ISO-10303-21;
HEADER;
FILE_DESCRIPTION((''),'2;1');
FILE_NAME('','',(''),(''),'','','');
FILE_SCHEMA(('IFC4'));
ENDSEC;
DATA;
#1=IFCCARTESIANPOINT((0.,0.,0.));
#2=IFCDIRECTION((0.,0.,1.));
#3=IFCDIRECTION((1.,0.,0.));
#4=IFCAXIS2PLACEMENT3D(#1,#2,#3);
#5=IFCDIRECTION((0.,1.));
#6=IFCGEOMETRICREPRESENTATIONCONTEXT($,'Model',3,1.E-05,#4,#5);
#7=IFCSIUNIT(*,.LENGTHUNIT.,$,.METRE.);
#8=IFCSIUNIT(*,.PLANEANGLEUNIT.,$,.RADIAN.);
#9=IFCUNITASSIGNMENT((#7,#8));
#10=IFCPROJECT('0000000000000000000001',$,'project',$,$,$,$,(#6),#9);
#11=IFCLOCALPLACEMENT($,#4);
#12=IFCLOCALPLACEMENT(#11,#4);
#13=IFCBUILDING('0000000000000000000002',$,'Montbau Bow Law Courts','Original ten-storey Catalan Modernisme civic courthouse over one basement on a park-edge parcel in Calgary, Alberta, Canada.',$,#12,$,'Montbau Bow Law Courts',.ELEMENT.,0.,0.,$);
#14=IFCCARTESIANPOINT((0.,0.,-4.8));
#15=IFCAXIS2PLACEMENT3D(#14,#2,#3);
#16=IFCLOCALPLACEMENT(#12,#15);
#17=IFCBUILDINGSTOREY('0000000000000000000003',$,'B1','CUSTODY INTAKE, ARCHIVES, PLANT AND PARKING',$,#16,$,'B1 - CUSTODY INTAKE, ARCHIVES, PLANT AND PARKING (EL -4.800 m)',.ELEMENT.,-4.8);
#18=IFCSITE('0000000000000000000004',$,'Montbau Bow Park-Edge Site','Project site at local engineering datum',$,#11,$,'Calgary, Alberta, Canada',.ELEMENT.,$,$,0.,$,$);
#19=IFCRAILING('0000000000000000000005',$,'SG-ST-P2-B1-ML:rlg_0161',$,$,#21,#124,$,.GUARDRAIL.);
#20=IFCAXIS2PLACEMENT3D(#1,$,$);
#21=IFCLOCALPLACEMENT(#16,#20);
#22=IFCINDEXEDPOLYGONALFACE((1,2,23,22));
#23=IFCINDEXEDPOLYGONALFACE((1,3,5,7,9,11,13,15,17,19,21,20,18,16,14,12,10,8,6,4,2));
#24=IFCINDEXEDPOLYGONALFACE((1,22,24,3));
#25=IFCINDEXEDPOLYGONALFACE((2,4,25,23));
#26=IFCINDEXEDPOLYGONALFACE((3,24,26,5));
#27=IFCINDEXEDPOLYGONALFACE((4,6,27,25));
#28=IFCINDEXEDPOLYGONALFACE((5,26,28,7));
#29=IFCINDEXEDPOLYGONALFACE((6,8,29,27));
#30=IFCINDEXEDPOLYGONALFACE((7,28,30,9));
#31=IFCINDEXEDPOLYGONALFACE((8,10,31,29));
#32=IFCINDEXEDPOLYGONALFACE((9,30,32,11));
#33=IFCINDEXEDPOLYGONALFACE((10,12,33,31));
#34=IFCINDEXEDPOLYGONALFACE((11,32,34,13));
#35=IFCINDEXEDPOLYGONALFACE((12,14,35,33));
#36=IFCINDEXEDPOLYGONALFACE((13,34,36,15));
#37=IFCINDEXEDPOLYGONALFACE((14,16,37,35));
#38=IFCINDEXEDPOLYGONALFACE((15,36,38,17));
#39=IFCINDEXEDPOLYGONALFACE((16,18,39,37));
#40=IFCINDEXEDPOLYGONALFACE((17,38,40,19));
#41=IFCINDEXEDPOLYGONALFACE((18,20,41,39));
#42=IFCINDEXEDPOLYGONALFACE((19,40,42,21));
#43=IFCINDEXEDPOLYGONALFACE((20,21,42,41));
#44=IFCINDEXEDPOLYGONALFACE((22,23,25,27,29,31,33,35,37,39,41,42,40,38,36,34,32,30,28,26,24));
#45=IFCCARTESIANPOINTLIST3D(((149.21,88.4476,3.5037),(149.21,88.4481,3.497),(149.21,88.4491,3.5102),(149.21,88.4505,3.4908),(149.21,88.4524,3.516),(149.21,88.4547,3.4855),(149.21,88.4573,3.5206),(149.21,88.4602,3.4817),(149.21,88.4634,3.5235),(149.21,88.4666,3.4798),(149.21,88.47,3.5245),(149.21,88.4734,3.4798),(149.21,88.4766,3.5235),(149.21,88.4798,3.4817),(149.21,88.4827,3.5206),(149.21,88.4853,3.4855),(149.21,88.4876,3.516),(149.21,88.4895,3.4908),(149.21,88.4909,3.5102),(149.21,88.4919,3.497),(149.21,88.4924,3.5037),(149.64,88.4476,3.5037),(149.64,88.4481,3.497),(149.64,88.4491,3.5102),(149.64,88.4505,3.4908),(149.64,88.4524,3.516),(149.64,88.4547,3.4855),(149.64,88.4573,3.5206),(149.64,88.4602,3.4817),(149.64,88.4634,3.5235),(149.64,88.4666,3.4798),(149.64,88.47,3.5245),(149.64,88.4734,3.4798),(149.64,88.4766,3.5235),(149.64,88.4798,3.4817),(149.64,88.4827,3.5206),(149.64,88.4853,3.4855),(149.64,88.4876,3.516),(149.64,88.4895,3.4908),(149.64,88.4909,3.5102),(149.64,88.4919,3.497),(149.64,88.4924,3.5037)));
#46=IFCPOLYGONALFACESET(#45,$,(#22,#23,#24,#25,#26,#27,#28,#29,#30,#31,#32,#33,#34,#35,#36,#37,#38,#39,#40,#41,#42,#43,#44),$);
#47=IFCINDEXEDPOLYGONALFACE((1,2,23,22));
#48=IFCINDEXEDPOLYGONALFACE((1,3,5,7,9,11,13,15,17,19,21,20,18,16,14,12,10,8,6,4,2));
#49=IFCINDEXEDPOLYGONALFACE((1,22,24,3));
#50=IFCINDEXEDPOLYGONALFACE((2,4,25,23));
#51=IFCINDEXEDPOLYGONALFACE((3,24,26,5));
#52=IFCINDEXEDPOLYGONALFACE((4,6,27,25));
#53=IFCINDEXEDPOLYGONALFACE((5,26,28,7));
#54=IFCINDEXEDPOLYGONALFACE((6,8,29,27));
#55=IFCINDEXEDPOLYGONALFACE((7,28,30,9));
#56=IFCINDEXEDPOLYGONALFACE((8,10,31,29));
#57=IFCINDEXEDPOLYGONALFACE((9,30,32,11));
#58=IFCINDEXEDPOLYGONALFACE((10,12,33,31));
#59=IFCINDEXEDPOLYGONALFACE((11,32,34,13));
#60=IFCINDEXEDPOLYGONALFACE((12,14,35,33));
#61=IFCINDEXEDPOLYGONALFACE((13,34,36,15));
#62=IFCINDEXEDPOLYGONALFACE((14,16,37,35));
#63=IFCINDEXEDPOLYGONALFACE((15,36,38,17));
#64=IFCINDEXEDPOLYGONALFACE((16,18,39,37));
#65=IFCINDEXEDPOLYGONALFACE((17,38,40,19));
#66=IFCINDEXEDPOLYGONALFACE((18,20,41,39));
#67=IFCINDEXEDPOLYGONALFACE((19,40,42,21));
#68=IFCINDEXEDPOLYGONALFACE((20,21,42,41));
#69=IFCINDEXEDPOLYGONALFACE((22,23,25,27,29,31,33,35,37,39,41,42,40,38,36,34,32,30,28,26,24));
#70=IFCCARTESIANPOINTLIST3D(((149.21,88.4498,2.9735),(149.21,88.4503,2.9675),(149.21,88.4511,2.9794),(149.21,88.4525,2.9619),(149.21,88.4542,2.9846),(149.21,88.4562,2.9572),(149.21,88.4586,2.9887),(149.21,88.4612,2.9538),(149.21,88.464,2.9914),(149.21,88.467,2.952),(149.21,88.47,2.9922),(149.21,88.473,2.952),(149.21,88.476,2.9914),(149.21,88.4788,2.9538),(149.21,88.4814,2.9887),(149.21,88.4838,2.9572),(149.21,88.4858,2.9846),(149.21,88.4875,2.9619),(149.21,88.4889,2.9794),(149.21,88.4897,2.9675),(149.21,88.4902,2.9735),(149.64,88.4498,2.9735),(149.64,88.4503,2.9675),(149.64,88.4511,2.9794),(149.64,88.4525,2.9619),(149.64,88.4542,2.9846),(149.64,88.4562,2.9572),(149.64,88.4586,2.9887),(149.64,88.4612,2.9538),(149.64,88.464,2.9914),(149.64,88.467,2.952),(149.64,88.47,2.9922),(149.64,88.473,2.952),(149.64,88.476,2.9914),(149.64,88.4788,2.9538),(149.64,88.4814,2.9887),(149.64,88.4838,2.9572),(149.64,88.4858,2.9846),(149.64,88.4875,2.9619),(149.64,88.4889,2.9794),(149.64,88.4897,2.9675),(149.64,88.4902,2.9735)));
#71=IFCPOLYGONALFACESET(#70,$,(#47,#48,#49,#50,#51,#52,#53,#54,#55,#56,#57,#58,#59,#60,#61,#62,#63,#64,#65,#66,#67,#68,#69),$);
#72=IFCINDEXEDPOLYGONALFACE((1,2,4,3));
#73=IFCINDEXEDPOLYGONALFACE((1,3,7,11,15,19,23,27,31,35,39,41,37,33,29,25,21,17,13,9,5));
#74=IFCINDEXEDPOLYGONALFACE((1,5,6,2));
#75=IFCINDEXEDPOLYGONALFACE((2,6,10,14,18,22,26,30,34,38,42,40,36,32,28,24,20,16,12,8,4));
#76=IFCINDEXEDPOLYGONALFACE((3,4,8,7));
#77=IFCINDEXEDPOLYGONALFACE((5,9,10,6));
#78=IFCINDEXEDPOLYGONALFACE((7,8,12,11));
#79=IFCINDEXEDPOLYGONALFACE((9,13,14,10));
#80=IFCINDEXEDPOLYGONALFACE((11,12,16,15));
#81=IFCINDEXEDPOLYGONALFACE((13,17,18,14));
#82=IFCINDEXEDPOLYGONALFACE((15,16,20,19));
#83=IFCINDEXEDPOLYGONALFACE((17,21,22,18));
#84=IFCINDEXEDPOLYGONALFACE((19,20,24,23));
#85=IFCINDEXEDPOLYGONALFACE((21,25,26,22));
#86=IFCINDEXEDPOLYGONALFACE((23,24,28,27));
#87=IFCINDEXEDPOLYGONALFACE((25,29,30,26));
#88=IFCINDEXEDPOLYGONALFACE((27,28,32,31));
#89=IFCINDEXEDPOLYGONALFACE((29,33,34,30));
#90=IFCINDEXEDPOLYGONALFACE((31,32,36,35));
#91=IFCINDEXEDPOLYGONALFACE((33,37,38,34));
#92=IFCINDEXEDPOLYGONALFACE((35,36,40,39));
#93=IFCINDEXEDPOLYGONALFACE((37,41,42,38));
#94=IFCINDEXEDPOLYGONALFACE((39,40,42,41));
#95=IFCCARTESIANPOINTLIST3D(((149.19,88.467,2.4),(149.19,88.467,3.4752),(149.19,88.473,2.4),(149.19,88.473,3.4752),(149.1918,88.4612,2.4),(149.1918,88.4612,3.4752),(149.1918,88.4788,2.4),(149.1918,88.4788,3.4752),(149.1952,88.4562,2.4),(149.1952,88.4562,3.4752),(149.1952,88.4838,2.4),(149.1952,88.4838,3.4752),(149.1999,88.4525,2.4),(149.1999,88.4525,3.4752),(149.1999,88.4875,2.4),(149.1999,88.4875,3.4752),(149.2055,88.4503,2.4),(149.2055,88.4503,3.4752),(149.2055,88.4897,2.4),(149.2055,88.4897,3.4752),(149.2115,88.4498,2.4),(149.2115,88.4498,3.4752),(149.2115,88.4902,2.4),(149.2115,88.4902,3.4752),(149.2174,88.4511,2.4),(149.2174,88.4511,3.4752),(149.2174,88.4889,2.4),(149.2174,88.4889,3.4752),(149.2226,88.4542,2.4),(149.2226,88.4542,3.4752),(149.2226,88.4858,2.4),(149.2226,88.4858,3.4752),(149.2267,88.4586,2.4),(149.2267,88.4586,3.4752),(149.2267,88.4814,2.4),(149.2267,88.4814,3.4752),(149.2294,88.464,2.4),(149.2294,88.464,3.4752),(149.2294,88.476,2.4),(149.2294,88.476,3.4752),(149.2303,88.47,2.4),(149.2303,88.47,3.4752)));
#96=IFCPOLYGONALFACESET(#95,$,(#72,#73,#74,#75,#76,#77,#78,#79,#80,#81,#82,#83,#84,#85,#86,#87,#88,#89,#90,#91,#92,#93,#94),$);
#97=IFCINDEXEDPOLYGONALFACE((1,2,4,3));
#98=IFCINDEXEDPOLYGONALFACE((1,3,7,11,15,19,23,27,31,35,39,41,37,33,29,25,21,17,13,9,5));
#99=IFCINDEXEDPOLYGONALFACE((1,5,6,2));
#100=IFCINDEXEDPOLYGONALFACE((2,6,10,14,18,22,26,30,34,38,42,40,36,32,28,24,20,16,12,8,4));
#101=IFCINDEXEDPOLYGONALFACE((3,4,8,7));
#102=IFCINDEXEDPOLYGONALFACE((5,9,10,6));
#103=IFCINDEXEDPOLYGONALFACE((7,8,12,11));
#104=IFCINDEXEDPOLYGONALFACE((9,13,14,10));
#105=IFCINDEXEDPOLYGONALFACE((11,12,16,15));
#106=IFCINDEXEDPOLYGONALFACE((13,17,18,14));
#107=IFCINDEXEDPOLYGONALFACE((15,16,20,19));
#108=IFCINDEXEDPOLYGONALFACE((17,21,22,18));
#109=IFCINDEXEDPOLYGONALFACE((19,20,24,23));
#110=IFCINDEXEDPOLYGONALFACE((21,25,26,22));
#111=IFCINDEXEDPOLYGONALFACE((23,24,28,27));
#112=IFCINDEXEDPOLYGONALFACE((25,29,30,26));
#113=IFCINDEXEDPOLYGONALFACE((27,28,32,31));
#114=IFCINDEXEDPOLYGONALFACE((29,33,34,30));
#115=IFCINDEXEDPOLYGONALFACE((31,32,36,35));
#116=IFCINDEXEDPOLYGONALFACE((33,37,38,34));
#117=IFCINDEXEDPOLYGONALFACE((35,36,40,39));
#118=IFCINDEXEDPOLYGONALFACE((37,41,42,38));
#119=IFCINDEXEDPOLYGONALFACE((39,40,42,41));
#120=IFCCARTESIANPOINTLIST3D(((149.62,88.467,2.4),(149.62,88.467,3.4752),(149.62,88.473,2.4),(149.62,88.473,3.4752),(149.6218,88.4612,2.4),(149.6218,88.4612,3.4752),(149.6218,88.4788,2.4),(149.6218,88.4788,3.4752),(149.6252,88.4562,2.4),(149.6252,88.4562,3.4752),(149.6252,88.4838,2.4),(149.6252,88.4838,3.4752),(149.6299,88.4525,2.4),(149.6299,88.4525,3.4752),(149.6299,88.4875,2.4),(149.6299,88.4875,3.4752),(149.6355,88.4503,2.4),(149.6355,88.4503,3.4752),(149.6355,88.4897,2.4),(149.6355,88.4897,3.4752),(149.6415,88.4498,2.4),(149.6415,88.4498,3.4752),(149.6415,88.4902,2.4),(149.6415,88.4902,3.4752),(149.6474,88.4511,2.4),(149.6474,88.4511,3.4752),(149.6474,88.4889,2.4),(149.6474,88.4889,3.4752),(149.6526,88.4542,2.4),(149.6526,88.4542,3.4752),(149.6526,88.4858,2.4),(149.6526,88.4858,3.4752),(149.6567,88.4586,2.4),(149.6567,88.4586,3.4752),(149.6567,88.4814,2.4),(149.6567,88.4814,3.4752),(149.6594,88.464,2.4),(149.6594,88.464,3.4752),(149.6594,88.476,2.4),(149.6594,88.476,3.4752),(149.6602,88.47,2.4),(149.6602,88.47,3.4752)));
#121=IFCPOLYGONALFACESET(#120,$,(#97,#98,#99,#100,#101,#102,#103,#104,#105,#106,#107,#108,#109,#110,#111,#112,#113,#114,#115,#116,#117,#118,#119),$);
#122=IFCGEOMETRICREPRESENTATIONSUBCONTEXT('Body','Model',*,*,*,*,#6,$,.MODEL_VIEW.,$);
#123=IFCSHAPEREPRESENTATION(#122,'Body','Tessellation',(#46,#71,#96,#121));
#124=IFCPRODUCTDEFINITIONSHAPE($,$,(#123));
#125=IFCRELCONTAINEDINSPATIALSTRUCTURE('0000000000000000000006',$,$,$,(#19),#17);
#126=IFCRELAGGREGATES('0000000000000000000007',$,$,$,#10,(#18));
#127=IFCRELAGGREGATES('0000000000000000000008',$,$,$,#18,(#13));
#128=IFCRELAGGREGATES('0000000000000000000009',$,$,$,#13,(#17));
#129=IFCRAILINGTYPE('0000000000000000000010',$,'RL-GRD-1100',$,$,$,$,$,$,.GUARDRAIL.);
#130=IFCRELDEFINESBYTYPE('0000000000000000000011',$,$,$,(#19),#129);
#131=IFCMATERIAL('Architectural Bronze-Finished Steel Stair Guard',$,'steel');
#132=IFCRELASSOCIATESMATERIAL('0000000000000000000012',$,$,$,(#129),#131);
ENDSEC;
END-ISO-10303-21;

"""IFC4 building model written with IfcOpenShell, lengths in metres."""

from ifc_helpers import new_model, si_unit, direction, frame, origin_with_axes, origin_2d_with_axis, place, context, subcontext, project, spatial, circle, extrude, material, type_object, element, save


model = new_model("IFC4")

# Units and contexts
model_context = context("Model", 3, precision=1e-05, world=origin_with_axes(), true_north=direction((0.0, 1.0)))
body_context = subcontext(model_context, "Body", "Model", "MODEL_VIEW")
ifc_project = project(units=[si_unit("LENGTHUNIT", "METRE"), si_unit("PLANEANGLEUNIT", "RADIAN")], contexts=[model_context])

# Site, building, storey
site_placement = place(None, origin_with_axes())
site = spatial("IfcSite", under=ifc_project, at=site_placement, Name="Montbau Bow Park-Edge Site", Description="Project site at local engineering datum", LongName="Calgary, Alberta, Canada", CompositionType="ELEMENT", RefElevation=0.0)
building_placement = place(site_placement, origin_with_axes())
building = spatial("IfcBuilding", under=site, at=building_placement, Name="Montbau Bow Law Courts", Description="Original ten-storey Catalan Modernisme civic courthouse over one basement on a park-edge parcel in Calgary, Alberta, Canada.", LongName="Montbau Bow Law Courts", CompositionType="ELEMENT", ElevationOfRefHeight=0.0, ElevationOfTerrain=0.0)
storey_placement = place(building_placement, frame((0.0, 0.0, -4.8), z_axis=(0.0, 0.0, 1.0), x_axis=(1.0, 0.0, 0.0)))
storey = spatial("IfcBuildingStorey", under=building, at=storey_placement, Name="B1", Description="CUSTODY INTAKE, ARCHIVES, PLANT AND PARKING", LongName="B1 - CUSTODY INTAKE, ARCHIVES, PLANT AND PARKING (EL -4.800 m)", CompositionType="ELEMENT", Elevation=-4.8)

# Railing
ifc_material_1 = material(Name="Architectural Bronze-Finished Steel Stair Guard", Category="steel")
railing_type_1 = type_object("IfcRailingType", Name="RL-GRD-1100", PredefinedType="GUARDRAIL", material=ifc_material_1)
railing_1_placement = place(None, origin_with_axes())
element("IfcRailing", 1, at=railing_1_placement, inside=storey, type_object=railing_type_1, Name="SG-ST-P2-B1-ML:rlg_0161", PredefinedType="GUARDRAIL", context=body_context, shape_type="SweptSolid", body=[
    extrude(circle(Radius=0.0225, at=origin_2d_with_axis()), frame((149.21, 88.47, -1.298), z_axis=(1.0, 0.0, 0.0), x_axis=(0.0, 0.0, 1.0)), (0.0, 0.0, 1.0), 0.43),
    extrude(circle(Radius=0.0203, at=origin_2d_with_axis()), frame((149.21, 88.47, -1.828), z_axis=(1.0, 0.0, 0.0), x_axis=(0.0, 0.0, 1.0)), (0.0, 0.0, 1.0), 0.43),
    extrude(circle(Radius=0.0203, at=origin_2d_with_axis()), frame((149.21, 88.47, -2.4), z_axis=(0.0, 0.0, 1.0), x_axis=(1.0, 0.0, 0.0)), (0.0, 0.0, 1.0), 1.0753),
    extrude(circle(Radius=0.0203, at=origin_2d_with_axis()), frame((149.64, 88.47, -2.4), z_axis=(0.0, 0.0, 1.0), x_axis=(1.0, 0.0, 0.0)), (0.0, 0.0, 1.0), 1.0753),
])

save(model, "model.ifc")
